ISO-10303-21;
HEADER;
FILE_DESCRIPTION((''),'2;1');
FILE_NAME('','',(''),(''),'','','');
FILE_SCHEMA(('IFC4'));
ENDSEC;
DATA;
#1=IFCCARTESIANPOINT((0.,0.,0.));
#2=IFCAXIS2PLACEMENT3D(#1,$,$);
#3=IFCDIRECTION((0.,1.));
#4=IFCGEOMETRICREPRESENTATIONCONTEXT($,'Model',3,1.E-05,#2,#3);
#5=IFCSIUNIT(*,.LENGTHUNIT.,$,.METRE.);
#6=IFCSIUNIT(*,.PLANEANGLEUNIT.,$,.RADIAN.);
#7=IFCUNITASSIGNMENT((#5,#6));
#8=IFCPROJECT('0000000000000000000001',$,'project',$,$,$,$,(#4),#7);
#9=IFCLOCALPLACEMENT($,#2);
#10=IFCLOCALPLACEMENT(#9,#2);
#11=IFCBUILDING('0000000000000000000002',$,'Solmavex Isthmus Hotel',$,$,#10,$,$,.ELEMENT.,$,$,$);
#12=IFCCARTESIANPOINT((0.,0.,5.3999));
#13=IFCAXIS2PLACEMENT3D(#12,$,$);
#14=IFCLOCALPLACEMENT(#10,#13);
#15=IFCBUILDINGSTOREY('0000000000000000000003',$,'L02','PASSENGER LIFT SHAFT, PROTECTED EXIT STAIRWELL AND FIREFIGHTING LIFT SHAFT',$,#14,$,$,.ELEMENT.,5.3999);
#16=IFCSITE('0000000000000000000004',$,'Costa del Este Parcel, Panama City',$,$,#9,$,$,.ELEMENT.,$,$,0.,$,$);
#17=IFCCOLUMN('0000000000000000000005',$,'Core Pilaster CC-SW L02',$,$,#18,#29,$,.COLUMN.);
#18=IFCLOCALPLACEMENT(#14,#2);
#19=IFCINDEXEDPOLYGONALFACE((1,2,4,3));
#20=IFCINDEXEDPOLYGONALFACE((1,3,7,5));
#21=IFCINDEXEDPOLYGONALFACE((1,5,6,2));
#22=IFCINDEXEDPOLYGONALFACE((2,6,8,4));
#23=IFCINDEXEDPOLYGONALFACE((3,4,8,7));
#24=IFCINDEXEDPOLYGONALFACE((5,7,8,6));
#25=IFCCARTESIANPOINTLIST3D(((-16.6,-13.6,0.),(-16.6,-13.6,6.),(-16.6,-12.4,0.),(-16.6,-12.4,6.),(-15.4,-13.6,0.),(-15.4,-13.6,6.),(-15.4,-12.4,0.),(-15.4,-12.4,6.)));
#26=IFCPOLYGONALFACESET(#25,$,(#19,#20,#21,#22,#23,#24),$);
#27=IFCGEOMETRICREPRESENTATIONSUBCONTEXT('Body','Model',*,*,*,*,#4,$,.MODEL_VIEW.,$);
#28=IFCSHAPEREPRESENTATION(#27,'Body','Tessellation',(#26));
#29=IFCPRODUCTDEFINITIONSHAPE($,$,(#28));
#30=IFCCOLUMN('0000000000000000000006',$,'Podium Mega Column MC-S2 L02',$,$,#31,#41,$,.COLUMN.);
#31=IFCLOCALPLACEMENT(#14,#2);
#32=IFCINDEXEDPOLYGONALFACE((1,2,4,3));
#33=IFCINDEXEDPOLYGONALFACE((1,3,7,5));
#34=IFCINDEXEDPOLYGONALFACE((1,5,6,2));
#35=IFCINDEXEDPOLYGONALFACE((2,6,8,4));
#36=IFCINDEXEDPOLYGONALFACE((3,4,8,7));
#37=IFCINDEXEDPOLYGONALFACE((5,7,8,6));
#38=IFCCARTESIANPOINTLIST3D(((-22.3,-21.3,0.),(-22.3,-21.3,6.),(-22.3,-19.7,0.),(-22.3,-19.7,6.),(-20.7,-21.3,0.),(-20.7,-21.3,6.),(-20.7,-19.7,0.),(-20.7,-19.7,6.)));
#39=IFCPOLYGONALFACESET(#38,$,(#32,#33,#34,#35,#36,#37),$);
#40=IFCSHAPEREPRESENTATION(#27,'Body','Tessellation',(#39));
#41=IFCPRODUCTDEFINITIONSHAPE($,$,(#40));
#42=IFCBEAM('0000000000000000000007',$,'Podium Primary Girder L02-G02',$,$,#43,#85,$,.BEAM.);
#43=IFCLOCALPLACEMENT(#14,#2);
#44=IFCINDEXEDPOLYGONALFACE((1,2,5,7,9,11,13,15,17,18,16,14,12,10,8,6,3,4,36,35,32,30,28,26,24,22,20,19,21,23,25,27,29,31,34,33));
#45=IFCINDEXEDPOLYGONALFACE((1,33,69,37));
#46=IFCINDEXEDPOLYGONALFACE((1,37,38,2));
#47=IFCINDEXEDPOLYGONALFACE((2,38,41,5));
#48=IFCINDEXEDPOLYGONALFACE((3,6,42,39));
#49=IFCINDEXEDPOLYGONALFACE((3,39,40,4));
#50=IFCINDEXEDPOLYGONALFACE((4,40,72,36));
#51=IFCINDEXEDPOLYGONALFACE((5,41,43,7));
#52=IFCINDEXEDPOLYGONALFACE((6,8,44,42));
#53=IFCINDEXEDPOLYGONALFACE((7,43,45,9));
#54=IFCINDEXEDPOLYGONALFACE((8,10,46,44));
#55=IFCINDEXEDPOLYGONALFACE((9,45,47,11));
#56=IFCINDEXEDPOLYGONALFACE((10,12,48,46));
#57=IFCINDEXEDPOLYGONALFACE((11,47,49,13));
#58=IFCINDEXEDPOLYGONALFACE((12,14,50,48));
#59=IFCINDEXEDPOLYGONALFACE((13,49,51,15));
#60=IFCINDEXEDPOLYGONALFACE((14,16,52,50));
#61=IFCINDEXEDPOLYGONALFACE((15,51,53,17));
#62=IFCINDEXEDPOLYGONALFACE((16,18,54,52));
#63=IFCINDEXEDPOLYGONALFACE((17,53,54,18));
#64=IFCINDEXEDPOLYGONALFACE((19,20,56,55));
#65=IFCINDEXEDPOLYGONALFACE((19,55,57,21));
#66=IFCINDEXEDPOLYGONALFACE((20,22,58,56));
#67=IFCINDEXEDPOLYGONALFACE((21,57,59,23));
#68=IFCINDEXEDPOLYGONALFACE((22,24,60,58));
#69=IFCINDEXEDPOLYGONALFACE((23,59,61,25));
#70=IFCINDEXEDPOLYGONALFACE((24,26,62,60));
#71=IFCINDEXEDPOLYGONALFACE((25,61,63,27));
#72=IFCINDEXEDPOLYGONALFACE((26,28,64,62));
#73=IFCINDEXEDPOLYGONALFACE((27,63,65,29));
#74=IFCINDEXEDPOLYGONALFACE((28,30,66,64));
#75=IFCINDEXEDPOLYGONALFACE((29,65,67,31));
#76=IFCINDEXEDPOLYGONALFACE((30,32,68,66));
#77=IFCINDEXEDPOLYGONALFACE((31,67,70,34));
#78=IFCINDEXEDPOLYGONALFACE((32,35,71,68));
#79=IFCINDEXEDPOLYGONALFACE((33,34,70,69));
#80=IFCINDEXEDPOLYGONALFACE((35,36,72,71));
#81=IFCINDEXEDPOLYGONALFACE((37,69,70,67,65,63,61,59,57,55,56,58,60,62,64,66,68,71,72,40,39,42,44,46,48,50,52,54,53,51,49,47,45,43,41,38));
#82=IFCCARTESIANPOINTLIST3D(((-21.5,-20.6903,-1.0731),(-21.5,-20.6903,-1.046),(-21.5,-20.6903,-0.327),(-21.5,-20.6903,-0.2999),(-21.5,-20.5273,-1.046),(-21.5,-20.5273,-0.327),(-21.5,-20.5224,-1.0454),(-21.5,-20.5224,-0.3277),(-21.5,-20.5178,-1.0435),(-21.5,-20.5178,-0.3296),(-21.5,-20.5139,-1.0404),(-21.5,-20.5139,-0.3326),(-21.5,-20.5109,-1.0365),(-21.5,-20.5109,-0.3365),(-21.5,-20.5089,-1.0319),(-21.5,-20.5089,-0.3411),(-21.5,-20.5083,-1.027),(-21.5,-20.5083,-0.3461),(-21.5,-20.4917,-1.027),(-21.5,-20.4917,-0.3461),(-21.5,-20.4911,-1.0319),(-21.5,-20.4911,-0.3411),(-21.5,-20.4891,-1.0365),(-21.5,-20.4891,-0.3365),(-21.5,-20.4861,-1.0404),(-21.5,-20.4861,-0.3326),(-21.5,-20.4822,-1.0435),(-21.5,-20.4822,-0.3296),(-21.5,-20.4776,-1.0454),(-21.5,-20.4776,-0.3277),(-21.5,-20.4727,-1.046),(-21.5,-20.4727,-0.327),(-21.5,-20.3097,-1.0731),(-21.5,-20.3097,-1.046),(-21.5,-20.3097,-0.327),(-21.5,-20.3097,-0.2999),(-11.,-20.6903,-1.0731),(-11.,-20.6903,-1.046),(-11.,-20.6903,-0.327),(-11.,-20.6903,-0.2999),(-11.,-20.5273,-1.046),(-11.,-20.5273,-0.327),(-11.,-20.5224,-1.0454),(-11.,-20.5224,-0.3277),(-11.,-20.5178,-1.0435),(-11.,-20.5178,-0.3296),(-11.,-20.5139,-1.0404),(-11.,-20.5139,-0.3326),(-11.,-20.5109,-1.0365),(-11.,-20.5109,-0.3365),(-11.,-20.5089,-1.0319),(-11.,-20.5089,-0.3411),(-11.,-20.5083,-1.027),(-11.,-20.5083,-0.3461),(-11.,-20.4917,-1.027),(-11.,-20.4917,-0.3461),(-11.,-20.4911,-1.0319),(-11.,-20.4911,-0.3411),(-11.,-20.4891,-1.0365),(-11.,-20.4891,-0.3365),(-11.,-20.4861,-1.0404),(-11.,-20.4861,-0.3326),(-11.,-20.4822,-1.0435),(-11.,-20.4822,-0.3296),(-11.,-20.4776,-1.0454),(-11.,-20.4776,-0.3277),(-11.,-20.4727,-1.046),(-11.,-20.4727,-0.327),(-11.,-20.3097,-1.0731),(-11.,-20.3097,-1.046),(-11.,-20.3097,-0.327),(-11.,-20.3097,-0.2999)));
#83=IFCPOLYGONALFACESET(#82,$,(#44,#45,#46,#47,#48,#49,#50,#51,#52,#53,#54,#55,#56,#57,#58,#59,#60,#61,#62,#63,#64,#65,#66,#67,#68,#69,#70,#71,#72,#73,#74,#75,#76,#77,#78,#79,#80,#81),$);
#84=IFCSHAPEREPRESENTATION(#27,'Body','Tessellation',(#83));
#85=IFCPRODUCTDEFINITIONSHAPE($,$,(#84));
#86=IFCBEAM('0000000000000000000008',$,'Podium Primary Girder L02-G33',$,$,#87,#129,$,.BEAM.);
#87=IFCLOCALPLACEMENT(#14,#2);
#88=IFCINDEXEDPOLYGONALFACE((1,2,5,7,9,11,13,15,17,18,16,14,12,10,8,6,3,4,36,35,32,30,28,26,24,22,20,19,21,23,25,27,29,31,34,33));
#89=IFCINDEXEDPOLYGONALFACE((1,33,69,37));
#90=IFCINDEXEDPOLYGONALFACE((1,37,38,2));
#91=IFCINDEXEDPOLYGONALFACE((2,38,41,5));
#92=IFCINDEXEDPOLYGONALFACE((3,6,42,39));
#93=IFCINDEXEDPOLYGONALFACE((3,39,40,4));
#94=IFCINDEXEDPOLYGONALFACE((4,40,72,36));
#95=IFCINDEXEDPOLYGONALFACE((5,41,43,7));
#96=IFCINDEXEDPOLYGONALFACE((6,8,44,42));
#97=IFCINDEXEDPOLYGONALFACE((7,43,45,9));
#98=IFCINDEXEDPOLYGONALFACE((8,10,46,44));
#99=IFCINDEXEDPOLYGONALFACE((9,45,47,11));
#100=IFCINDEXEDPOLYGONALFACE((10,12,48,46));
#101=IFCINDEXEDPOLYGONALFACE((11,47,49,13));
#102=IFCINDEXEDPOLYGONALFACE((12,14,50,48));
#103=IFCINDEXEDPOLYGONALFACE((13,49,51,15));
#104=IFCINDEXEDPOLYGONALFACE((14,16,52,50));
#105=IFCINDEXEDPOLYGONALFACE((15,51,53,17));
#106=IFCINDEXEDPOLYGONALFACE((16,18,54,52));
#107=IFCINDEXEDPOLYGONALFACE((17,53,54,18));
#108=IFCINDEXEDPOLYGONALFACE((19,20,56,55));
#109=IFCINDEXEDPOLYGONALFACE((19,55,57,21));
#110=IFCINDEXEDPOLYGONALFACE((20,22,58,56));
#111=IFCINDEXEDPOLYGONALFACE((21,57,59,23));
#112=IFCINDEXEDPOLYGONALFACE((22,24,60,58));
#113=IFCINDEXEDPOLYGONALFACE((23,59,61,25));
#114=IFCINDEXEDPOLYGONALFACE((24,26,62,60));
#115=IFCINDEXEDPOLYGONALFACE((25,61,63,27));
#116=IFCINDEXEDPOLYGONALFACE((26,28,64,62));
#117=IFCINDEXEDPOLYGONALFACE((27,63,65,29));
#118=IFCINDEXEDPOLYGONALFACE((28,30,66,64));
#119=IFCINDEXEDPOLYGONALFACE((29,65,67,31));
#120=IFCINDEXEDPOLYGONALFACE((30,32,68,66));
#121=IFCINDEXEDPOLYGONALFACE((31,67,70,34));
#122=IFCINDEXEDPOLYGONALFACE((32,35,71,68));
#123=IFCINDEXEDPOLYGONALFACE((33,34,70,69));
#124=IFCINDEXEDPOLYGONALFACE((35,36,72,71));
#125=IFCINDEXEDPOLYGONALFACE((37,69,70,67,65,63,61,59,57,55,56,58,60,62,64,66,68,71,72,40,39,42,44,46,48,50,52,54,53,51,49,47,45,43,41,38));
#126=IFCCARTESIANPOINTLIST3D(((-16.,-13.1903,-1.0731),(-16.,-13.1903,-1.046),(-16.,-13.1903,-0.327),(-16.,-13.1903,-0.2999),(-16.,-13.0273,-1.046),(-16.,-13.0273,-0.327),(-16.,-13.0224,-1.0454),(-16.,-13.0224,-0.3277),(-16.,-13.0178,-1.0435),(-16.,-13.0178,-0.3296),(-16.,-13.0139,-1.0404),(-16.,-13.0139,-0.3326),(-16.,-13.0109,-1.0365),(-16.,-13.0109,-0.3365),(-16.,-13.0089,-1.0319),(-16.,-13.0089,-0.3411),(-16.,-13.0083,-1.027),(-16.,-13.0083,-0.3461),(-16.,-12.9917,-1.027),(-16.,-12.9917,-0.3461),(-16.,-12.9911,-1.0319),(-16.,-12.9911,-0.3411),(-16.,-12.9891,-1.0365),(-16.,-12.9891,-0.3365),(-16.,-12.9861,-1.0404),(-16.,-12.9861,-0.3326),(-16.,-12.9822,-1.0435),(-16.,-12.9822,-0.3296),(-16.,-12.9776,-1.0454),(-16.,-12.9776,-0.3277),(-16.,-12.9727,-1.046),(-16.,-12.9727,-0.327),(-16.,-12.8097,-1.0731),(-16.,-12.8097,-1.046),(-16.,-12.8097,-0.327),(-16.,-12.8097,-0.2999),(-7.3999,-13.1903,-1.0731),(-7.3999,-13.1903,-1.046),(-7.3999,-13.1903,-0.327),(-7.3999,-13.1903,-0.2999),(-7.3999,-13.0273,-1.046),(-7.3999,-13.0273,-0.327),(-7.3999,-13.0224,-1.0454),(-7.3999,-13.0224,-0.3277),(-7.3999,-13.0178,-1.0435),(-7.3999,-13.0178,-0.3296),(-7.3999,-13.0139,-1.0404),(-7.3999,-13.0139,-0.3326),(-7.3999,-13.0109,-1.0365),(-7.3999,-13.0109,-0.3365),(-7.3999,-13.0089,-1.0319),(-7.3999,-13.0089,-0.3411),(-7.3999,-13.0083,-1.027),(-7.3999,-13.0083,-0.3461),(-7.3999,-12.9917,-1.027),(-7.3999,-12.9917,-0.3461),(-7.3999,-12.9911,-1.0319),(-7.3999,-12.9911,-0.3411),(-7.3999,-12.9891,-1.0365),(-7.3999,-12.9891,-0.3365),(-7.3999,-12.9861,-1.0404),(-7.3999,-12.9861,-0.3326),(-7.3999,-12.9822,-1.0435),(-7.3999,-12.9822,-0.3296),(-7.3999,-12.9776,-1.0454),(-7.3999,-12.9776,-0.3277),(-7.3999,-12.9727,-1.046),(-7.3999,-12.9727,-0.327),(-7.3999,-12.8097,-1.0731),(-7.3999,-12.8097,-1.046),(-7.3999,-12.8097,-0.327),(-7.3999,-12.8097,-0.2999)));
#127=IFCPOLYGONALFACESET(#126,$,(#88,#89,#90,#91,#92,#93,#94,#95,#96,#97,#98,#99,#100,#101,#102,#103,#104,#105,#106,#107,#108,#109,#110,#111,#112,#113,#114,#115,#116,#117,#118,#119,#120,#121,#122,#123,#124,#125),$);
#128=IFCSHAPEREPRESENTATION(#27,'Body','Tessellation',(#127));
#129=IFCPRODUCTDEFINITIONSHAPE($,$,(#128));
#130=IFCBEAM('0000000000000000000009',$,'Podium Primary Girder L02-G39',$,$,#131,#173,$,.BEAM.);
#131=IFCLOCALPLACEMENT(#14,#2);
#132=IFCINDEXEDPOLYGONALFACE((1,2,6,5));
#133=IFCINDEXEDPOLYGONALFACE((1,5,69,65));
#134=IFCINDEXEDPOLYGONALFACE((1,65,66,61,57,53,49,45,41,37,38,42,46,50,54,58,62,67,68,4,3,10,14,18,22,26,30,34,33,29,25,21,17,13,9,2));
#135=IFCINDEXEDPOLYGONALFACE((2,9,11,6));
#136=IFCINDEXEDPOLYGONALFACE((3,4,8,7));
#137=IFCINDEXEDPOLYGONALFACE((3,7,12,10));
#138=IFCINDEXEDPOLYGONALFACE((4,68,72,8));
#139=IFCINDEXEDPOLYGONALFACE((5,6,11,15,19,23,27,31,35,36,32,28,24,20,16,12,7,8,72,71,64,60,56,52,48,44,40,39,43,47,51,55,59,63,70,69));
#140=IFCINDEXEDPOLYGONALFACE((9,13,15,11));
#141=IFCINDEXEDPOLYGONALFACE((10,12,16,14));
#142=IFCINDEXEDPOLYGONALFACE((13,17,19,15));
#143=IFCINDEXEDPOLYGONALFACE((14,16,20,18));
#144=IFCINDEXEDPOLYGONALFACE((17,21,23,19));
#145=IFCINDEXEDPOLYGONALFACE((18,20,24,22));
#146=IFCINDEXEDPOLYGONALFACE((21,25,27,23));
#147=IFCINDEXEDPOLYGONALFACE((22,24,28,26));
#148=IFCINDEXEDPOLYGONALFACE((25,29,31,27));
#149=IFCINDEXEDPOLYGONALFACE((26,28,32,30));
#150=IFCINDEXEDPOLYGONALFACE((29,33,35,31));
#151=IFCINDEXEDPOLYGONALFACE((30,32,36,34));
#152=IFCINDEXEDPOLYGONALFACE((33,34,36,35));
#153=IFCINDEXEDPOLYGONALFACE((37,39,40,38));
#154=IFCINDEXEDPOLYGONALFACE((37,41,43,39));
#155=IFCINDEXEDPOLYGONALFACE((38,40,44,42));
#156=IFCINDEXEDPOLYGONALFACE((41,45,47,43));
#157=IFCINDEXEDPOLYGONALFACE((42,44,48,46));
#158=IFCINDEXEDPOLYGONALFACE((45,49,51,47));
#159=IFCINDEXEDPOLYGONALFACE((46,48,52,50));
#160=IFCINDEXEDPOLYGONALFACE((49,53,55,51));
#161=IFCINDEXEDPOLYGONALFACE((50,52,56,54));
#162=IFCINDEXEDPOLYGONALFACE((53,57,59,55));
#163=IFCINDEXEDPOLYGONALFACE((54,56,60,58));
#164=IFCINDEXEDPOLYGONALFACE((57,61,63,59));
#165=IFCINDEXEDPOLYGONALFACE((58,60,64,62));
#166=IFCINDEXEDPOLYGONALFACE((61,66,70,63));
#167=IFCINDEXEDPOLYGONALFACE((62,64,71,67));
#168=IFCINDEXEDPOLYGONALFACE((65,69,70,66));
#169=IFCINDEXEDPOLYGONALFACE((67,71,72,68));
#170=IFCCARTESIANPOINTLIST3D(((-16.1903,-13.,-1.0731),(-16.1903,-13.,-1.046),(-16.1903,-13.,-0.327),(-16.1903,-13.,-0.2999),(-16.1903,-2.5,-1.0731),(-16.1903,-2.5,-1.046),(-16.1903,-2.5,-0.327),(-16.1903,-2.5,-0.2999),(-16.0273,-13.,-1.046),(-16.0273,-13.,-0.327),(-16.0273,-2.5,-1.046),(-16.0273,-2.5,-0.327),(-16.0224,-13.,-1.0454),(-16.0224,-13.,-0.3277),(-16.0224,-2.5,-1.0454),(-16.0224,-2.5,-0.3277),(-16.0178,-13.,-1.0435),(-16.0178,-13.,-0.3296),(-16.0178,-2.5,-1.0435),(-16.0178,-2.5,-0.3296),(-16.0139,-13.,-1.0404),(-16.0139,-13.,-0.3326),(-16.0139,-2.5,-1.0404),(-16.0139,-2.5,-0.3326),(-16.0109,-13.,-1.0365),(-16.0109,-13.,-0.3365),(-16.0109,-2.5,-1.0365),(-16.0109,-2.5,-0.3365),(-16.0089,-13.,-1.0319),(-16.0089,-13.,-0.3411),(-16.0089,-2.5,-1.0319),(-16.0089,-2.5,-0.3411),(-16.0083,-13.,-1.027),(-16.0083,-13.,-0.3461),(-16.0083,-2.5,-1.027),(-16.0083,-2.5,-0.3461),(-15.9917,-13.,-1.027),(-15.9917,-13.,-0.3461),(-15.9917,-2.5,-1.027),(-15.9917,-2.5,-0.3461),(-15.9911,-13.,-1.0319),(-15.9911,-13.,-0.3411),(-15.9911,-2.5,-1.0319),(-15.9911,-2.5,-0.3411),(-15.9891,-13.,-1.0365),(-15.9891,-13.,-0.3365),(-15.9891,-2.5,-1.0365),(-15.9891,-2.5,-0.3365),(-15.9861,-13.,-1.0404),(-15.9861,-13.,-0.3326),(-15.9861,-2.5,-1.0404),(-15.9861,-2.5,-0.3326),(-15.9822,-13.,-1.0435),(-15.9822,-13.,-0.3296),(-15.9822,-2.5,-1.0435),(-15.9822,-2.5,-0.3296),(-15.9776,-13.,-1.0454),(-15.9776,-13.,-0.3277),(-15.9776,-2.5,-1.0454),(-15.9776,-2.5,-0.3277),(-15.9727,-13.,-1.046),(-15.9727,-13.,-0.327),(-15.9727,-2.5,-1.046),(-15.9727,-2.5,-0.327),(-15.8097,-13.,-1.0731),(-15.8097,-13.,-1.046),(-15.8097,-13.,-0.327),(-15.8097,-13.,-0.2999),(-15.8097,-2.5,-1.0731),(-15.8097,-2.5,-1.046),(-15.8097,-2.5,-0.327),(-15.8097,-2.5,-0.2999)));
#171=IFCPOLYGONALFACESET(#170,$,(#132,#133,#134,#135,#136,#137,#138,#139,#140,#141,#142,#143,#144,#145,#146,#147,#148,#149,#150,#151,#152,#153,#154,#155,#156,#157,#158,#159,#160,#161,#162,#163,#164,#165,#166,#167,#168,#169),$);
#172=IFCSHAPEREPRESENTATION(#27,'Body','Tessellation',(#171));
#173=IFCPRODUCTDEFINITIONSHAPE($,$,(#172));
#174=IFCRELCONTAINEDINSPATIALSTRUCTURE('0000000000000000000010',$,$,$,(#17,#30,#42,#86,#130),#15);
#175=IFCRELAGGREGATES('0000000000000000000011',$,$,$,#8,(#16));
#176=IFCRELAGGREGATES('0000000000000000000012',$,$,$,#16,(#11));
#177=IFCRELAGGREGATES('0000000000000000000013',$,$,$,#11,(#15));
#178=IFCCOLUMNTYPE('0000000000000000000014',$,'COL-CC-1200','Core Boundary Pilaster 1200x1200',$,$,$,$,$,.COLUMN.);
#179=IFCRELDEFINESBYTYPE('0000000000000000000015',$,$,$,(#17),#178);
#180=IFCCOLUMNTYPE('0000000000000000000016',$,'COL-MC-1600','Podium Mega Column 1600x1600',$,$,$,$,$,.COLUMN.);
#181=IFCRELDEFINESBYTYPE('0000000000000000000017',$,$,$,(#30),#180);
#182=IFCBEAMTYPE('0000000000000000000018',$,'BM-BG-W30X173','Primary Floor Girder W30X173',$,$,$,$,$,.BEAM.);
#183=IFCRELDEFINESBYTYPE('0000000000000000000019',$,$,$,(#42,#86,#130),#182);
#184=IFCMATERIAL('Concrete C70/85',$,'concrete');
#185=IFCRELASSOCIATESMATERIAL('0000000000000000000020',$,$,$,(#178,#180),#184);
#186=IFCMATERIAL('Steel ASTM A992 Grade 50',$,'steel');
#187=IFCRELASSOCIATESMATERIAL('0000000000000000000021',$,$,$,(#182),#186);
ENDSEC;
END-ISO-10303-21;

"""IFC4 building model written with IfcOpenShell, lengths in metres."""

from ifc_helpers import new_model, si_unit, direction, frame, origin, origin_2d, place, context, subcontext, project, spatial, rectangle, i_section, extrude, material, material_profile, profile_set, type_object, element, save


model = new_model("IFC4")

# Units and contexts
model_context = context("Model", 3, precision=1e-05, world=origin(), true_north=direction((0.0, 1.0)))
body_context = subcontext(model_context, "Body", "Model", "MODEL_VIEW")
ifc_project = project(units=[si_unit("LENGTHUNIT", "METRE"), si_unit("PLANEANGLEUNIT", "RADIAN")], contexts=[model_context])

# Site, building, storey
site_placement = place(None, origin())
site = spatial("IfcSite", under=ifc_project, at=site_placement, Name="Costa del Este Parcel, Panama City", CompositionType="ELEMENT", RefElevation=0.0)
building_placement = place(site_placement, origin())
building = spatial("IfcBuilding", under=site, at=building_placement, Name="Solmavex Isthmus Hotel", CompositionType="ELEMENT")
storey_placement = place(building_placement, frame((0.0, 0.0, 5.3999)))
storey = spatial("IfcBuildingStorey", under=building, at=storey_placement, Name="L02", Description="PASSENGER LIFT SHAFT, PROTECTED EXIT STAIRWELL AND FIREFIGHTING LIFT SHAFT", CompositionType="ELEMENT", Elevation=5.3999)

# Columns
ifc_material_1 = material(Name="Concrete C70/85", Category="concrete")
ifc_material_profile_1 = material_profile(ifc_material_1, rectangle(XDim=1.2, YDim=1.2, at=origin_2d()), Name="RC1200X1200")
ifc_profile_set_1 = profile_set([ifc_material_profile_1], Name="Concrete C70/85")
column_type_1 = type_object("IfcColumnType", Name="COL-CC-1200", Description="Core Boundary Pilaster 1200x1200", PredefinedType="COLUMN", material=ifc_profile_set_1)
column_1_placement = place(storey_placement, frame((-16.0, -13.0, 0.0), z_axis=(0.0, 0.0, 1.0), x_axis=(1.0, 0.0, 0.0)))
element("IfcColumn", 1, at=column_1_placement, inside=storey, type_object=column_type_1, Name="Core Pilaster CC-SW L02", PredefinedType="COLUMN", context=body_context, shape_type="SweptSolid", body=[
    extrude(rectangle(XDim=1.2, YDim=1.2, at=origin_2d()), origin(), (0.0, 0.0, 1.0), 6.0),
])
ifc_material_profile_2 = material_profile(ifc_material_1, rectangle(XDim=1.6001, YDim=1.6001, at=origin_2d()), Name="RC1600X1600")
ifc_profile_set_2 = profile_set([ifc_material_profile_2], Name="Concrete C70/85")
column_type_2 = type_object("IfcColumnType", Name="COL-MC-1600", Description="Podium Mega Column 1600x1600", PredefinedType="COLUMN", material=ifc_profile_set_2)
column_2_placement = place(storey_placement, frame((-21.5, -20.5, 0.0), z_axis=(0.0, 0.0, 1.0), x_axis=(1.0, 0.0, 0.0)))
element("IfcColumn", 2, at=column_2_placement, inside=storey, type_object=column_type_2, Name="Podium Mega Column MC-S2 L02", PredefinedType="COLUMN", context=body_context, shape_type="SweptSolid", body=[
    extrude(rectangle(XDim=1.6001, YDim=1.6001, at=origin_2d()), origin(), (0.0, 0.0, 1.0), 6.0),
])

# Beams
ifc_material_2 = material(Name="Steel ASTM A992 Grade 50", Category="steel")
ifc_material_profile_3 = material_profile(ifc_material_2, i_section(OverallWidth=0.3806, OverallDepth=0.7732, WebThickness=0.0166, FlangeThickness=0.0271, FilletRadius=0.019, at=origin_2d()), Name="W30X173")
ifc_profile_set_3 = profile_set([ifc_material_profile_3], Name="Steel ASTM A992 Grade 50")
beam_type_1 = type_object("IfcBeamType", Name="BM-BG-W30X173", Description="Primary Floor Girder W30X173", PredefinedType="BEAM", material=ifc_profile_set_3)
beam_1_placement = place(storey_placement, frame((-21.5, -20.5, -0.6865), z_axis=(1.0, 0.0, 0.0), x_axis=(0.0, 1.0, 0.0)))
element("IfcBeam", 3, at=beam_1_placement, inside=storey, type_object=beam_type_1, Name="Podium Primary Girder L02-G02", PredefinedType="BEAM", context=body_context, shape_type="SweptSolid", body=[
    extrude(i_section(OverallWidth=0.3806, OverallDepth=0.7732, WebThickness=0.0166, FlangeThickness=0.0271, FilletRadius=0.019, at=origin_2d()), origin(), (0.0, 0.0, 1.0), 10.5),
])
beam_2_placement = place(storey_placement, frame((-16.0, -13.0, -0.6865), z_axis=(1.0, 0.0, 0.0), x_axis=(0.0, 1.0, 0.0)))
element("IfcBeam", 4, at=beam_2_placement, inside=storey, type_object=beam_type_1, Name="Podium Primary Girder L02-G33", PredefinedType="BEAM", context=body_context, shape_type="SweptSolid", body=[
    extrude(i_section(OverallWidth=0.3806, OverallDepth=0.7732, WebThickness=0.0166, FlangeThickness=0.0271, FilletRadius=0.019, at=origin_2d()), origin(), (0.0, 0.0, 1.0), 8.6001),
])
beam_3_placement = place(storey_placement, frame((-16.0, -13.0, -0.6865), z_axis=(0.0, 1.0, 0.0), x_axis=(-1.0, 0.0, 0.0)))
element("IfcBeam", 5, at=beam_3_placement, inside=storey, type_object=beam_type_1, Name="Podium Primary Girder L02-G39", PredefinedType="BEAM", context=body_context, shape_type="SweptSolid", body=[
    extrude(i_section(OverallWidth=0.3806, OverallDepth=0.7732, WebThickness=0.0166, FlangeThickness=0.0271, FilletRadius=0.019, at=origin_2d()), origin(), (0.0, 0.0, 1.0), 10.5),
])

save(model, "model.ifc")
